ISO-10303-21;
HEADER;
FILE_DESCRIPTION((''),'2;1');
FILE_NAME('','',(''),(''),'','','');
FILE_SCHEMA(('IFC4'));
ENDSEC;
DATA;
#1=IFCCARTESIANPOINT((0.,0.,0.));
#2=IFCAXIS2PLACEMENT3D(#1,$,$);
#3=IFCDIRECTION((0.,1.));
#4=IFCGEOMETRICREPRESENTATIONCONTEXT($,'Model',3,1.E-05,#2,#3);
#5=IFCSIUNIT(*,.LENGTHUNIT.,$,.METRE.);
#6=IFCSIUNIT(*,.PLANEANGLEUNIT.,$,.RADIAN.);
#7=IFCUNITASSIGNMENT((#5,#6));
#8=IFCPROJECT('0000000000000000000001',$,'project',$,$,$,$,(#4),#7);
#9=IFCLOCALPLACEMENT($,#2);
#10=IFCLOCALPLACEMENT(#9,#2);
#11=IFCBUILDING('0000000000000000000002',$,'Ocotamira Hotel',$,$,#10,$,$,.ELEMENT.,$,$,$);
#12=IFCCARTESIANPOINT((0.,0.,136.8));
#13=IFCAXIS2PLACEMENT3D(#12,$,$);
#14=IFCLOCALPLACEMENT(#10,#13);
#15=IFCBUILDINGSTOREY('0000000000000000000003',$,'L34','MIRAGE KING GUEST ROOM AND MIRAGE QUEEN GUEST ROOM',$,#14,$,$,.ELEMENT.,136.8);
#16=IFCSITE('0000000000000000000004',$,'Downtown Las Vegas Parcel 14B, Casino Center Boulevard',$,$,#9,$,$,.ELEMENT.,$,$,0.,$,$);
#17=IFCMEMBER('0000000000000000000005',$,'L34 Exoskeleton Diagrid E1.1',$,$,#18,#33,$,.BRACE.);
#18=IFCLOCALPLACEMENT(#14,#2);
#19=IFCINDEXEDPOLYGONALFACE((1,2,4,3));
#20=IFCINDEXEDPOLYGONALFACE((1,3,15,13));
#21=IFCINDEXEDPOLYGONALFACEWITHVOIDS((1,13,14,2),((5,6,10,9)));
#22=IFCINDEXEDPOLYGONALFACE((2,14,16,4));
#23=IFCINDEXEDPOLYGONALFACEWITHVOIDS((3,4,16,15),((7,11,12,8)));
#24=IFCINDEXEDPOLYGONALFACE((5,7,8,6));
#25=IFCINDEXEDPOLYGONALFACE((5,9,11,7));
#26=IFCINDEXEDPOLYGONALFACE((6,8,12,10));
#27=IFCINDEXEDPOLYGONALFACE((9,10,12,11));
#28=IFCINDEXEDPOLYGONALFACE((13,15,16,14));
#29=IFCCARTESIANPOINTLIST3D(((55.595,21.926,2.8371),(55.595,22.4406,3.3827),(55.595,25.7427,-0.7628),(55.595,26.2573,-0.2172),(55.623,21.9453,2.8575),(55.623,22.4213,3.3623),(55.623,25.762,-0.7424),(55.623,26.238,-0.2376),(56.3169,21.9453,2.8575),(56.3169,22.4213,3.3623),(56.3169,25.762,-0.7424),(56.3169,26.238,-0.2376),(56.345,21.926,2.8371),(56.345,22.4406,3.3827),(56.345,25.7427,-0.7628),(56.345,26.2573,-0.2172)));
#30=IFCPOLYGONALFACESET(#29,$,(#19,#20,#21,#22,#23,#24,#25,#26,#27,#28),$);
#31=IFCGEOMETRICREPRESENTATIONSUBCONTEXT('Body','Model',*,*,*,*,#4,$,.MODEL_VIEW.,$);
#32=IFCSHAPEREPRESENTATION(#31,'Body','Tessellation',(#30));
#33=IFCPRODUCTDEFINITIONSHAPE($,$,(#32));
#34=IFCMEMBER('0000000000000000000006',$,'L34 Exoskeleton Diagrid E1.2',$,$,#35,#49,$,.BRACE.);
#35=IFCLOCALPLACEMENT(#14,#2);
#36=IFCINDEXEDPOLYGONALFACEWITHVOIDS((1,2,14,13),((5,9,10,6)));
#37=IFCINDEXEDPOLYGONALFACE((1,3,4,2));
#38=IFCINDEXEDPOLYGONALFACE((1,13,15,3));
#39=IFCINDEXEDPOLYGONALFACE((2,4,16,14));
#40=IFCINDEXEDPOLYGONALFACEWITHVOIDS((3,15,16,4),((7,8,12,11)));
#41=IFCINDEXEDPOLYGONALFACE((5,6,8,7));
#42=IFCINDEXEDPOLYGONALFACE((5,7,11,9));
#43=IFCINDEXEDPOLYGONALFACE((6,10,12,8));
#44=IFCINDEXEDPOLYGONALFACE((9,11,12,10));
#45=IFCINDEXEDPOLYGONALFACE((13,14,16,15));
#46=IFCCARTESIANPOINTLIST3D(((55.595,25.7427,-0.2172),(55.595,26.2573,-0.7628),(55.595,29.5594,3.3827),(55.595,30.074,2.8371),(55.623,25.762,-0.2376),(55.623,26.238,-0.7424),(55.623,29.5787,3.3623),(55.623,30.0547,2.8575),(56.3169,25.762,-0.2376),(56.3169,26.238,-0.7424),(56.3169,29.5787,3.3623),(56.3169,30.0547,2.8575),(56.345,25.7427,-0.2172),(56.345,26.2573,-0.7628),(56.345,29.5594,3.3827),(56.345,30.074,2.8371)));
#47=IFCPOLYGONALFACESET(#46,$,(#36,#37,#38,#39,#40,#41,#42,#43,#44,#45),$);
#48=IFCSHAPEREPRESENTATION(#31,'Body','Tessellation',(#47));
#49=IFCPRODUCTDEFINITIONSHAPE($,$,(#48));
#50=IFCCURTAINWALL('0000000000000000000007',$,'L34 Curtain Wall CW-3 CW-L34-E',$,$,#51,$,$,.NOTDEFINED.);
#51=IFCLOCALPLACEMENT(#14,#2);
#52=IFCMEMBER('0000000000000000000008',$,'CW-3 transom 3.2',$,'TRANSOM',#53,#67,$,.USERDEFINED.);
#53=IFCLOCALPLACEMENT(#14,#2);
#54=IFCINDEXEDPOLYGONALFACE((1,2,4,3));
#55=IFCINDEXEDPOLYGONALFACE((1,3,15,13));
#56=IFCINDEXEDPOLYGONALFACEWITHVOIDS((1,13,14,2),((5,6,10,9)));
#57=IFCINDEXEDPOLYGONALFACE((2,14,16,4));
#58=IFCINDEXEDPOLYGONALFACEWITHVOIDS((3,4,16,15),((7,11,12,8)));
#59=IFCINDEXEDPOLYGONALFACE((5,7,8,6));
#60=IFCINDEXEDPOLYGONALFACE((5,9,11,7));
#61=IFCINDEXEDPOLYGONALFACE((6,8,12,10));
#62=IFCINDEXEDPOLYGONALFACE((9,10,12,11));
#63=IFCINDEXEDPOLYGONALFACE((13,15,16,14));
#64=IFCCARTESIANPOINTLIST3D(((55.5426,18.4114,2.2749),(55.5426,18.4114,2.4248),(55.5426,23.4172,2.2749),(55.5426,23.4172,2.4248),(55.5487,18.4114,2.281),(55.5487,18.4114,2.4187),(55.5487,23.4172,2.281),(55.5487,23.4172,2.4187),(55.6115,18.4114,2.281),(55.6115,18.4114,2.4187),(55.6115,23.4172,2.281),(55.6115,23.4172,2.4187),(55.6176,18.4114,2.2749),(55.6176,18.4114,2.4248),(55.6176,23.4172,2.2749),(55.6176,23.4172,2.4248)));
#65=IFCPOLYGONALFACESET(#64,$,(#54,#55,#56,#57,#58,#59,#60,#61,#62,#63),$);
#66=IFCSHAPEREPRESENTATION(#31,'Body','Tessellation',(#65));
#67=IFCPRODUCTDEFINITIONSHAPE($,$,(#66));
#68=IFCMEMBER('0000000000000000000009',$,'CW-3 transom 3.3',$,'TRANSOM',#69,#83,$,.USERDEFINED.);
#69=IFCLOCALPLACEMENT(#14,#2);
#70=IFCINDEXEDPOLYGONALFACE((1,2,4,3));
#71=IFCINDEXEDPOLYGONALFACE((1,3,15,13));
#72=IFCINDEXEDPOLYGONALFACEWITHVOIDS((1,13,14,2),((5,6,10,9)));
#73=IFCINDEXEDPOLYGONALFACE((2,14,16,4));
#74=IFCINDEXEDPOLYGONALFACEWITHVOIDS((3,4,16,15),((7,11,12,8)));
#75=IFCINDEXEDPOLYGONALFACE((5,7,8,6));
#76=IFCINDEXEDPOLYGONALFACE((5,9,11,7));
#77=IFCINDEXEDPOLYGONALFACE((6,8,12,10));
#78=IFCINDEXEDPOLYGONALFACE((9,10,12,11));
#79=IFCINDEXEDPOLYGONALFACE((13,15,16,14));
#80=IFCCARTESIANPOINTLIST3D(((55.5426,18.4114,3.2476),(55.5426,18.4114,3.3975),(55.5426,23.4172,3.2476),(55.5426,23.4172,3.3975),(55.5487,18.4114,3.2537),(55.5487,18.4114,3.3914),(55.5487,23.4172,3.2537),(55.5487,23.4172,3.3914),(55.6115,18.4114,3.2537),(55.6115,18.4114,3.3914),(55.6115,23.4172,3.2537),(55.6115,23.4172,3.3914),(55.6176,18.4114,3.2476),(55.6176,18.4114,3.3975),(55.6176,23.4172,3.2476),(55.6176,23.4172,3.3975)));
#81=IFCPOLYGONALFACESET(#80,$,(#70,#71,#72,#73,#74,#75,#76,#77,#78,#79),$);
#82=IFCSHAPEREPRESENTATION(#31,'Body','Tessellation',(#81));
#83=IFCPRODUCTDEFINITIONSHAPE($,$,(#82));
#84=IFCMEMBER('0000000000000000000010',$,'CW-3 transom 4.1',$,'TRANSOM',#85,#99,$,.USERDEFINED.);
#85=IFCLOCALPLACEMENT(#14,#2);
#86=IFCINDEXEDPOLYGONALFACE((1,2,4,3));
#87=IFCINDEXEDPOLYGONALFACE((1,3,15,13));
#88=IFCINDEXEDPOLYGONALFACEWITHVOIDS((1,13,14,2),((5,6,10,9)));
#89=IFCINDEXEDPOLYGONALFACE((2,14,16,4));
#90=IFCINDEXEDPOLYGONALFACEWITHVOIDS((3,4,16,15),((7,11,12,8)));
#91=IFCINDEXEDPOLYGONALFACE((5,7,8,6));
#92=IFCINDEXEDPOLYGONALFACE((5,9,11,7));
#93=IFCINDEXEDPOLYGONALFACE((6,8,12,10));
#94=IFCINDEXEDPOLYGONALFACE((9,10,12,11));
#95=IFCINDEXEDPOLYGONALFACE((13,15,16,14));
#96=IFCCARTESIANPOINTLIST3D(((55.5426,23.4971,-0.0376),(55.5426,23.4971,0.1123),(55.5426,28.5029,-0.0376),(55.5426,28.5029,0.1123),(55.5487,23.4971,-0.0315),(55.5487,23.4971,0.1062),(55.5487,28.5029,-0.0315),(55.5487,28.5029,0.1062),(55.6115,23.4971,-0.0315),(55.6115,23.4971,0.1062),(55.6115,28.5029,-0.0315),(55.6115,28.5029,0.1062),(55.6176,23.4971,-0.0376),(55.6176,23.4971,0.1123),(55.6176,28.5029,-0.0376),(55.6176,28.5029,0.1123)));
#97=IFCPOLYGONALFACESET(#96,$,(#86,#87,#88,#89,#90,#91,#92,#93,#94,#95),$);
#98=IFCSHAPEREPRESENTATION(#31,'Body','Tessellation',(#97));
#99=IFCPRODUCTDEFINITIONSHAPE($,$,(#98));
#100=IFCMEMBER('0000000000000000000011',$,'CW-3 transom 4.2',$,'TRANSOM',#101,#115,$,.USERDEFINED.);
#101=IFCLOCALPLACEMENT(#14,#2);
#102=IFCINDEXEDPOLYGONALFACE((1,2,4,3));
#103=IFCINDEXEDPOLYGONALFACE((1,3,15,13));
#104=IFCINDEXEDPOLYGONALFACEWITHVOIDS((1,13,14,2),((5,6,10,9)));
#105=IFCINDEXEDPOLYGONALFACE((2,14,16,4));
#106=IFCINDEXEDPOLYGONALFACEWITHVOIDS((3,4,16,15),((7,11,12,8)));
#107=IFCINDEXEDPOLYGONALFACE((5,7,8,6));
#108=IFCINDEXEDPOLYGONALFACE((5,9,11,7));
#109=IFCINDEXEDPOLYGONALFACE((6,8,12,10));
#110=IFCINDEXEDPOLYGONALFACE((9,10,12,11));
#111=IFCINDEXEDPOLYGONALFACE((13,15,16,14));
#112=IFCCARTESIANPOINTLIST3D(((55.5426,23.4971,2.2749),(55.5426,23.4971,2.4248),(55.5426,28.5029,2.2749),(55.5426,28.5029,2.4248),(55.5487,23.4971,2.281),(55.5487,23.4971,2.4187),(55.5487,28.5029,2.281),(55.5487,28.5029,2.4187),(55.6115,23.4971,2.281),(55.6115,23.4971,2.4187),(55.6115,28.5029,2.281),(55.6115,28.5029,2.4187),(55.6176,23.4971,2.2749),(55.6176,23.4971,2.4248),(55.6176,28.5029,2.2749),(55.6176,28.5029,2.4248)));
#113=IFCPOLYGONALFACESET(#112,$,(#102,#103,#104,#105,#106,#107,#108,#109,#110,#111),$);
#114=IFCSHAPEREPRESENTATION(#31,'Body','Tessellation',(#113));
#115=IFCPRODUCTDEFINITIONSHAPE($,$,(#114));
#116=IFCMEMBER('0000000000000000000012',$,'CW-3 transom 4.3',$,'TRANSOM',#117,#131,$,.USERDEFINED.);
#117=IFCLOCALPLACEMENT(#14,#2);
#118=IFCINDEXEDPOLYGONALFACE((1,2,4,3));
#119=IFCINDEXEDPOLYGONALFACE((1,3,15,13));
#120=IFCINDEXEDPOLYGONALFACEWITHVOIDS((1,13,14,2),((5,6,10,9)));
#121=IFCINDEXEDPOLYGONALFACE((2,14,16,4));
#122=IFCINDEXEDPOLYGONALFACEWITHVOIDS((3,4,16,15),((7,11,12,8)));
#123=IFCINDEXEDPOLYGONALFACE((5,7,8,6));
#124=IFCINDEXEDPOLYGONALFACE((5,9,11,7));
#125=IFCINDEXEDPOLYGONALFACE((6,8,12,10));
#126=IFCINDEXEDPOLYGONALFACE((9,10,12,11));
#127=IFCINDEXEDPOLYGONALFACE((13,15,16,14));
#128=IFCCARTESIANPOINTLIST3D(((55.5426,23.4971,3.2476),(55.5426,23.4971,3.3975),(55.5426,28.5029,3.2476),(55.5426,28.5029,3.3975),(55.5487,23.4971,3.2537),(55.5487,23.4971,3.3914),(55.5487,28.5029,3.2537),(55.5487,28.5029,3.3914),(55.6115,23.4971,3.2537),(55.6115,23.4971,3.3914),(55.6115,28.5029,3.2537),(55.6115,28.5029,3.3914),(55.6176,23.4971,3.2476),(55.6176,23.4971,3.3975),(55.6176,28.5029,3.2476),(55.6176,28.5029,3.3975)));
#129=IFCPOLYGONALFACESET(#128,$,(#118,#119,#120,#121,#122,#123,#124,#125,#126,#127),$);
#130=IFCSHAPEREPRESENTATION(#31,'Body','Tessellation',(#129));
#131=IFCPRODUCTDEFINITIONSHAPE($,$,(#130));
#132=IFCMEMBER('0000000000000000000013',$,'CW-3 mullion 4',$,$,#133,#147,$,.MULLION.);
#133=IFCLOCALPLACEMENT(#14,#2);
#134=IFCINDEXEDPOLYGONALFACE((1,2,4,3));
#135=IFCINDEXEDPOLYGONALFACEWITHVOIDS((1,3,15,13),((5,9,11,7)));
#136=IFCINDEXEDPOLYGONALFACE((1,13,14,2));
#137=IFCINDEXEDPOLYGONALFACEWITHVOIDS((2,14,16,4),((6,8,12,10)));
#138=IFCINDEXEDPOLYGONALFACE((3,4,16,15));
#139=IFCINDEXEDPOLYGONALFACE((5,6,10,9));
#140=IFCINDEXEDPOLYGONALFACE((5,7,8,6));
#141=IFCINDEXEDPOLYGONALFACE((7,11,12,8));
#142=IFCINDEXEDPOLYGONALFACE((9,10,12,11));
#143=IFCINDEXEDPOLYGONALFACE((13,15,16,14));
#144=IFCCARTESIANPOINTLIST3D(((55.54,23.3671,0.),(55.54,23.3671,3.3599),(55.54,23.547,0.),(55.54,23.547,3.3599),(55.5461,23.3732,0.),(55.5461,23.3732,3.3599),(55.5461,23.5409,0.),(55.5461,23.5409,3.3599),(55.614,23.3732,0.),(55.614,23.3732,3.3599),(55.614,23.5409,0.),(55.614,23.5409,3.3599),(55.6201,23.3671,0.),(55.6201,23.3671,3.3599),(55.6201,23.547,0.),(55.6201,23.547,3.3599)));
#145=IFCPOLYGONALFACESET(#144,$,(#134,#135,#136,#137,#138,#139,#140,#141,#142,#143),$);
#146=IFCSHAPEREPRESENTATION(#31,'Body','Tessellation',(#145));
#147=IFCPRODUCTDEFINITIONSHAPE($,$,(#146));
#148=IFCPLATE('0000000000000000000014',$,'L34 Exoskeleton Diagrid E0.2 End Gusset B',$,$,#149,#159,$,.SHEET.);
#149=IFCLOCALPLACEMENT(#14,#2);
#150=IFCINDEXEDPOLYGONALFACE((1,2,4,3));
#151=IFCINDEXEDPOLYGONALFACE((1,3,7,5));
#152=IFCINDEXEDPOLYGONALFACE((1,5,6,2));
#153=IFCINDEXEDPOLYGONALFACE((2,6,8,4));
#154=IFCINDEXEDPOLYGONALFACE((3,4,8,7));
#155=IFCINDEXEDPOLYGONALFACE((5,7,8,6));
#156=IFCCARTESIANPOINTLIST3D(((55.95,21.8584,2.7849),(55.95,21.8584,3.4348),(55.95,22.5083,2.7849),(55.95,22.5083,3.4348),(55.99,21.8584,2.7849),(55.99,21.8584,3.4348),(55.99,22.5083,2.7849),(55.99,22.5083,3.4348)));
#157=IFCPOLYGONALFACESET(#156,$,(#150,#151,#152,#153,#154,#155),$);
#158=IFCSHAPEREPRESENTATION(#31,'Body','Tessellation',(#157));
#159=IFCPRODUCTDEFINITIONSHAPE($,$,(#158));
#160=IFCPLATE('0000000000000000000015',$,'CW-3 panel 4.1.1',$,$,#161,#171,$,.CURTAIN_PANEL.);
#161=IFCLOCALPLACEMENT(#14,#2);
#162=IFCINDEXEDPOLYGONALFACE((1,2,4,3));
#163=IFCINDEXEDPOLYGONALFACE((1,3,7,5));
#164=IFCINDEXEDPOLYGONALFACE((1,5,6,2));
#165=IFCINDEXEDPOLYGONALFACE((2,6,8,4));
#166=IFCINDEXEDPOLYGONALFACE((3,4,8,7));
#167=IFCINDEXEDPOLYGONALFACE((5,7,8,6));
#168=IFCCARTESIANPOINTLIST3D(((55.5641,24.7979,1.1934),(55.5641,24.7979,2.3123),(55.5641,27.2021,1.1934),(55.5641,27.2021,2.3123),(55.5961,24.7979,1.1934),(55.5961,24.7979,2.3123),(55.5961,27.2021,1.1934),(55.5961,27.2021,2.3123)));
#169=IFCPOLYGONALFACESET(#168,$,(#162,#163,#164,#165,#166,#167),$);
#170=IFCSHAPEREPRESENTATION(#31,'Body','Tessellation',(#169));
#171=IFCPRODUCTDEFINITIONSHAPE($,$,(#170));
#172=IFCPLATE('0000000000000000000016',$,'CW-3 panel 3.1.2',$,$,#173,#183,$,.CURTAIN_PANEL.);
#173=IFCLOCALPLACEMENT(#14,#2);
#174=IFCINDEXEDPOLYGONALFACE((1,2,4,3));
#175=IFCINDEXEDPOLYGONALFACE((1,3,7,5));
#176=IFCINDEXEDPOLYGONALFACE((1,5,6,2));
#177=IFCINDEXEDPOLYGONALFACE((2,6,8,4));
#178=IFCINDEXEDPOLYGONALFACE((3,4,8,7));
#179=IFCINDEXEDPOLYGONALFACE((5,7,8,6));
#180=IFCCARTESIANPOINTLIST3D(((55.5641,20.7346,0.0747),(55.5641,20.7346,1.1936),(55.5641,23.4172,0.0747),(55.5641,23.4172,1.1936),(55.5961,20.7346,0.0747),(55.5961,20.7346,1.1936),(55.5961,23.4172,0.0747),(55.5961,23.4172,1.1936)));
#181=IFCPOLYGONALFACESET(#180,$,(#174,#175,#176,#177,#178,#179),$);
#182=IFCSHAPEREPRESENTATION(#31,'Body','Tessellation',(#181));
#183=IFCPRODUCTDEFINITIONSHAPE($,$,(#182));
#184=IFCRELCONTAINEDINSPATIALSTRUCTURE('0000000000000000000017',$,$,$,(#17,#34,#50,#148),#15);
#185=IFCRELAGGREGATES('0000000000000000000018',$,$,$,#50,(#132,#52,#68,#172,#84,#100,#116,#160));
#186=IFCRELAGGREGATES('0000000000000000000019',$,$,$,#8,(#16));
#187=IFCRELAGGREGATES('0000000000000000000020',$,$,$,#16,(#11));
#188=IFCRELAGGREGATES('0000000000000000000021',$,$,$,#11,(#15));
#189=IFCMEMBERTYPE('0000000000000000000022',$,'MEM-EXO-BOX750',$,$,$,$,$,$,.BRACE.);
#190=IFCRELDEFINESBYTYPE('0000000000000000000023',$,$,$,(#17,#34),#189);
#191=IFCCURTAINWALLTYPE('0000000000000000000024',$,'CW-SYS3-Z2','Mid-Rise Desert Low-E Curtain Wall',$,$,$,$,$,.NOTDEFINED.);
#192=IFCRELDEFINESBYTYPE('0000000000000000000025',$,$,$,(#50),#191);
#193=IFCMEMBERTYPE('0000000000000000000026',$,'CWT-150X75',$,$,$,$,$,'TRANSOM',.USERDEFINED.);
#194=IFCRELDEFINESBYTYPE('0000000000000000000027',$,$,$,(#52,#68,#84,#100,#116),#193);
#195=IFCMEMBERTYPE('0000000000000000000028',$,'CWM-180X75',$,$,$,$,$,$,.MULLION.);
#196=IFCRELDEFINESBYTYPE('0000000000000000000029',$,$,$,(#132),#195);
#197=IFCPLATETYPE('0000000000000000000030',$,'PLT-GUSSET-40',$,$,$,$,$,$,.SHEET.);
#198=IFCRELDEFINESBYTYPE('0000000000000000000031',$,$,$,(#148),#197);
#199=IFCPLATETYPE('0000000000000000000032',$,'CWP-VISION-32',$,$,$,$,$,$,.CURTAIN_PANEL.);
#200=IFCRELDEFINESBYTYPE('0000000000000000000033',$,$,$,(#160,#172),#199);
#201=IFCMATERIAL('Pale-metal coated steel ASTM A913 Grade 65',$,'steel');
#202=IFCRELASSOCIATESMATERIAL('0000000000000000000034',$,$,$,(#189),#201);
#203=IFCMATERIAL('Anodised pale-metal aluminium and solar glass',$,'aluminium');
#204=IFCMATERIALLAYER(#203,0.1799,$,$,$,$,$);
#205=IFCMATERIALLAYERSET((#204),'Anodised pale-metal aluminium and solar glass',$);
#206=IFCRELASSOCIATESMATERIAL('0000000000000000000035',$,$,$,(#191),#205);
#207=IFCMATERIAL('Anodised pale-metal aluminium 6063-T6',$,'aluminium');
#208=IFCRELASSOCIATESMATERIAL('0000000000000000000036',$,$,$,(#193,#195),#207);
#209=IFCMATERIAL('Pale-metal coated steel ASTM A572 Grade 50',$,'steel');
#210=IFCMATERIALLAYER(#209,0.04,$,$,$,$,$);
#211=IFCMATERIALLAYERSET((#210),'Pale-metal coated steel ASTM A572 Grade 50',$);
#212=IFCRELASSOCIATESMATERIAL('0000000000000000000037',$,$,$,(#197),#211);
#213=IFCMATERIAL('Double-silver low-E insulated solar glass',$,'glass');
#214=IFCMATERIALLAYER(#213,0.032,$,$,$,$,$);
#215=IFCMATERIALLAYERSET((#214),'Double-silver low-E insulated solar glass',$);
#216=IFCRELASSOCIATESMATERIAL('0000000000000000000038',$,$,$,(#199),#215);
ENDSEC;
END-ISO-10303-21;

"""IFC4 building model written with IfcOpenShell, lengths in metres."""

from ifc_helpers import new_model, si_unit, direction, frame, origin, origin_2d, place, context, subcontext, project, spatial, rectangle, hollow_rectangle, extrude, source, transform, mapped, material, layer, layer_set, material_profile, profile_set, type_object, element, aggregate, save


model = new_model("IFC4")

# Units and contexts
model_context = context("Model", 3, precision=1e-05, world=origin(), true_north=direction((0.0, 1.0)))
body_context = subcontext(model_context, "Body", "Model", "MODEL_VIEW")
ifc_project = project(units=[si_unit("LENGTHUNIT", "METRE"), si_unit("PLANEANGLEUNIT", "RADIAN")], contexts=[model_context])

# Site, building, storey
site_placement = place(None, origin())
site = spatial("IfcSite", under=ifc_project, at=site_placement, Name="Downtown Las Vegas Parcel 14B, Casino Center Boulevard", CompositionType="ELEMENT", RefElevation=0.0)
building_placement = place(site_placement, origin())
building = spatial("IfcBuilding", under=site, at=building_placement, Name="Ocotamira Hotel", CompositionType="ELEMENT")
storey_placement = place(building_placement, frame((0.0, 0.0, 136.8)))
storey = spatial("IfcBuildingStorey", under=building, at=storey_placement, Name="L34", Description="MIRAGE KING GUEST ROOM AND MIRAGE QUEEN GUEST ROOM", CompositionType="ELEMENT", Elevation=136.8)

# Members
ifc_material_1 = material(Name="Pale-metal coated steel ASTM A913 Grade 65", Category="steel")
ifc_material_profile_1 = material_profile(ifc_material_1, hollow_rectangle(XDim=0.75, YDim=0.75, WallThickness=0.0281, at=origin_2d()), Name="BOX750X750X28")
ifc_profile_set_1 = profile_set([ifc_material_profile_1], Name="Pale-metal coated steel ASTM A913 Grade 65")
member_type_1 = type_object("IfcMemberType", Name="MEM-EXO-BOX750", PredefinedType="BRACE", material=ifc_profile_set_1)
shared_shape_1 = source(origin(), body_context, "Body", "SweptSolid", [
    extrude(hollow_rectangle(XDim=0.75, YDim=0.75, WallThickness=0.0281, at=origin_2d()), origin(), (0.0, 0.0, 1.0), 5.2466),
])
for number, where, z_axis, x_axis, name in (
    (1, (55.97, 26.0, -0.49), (0.0, -0.727466, 0.686144), (1.0, 0.0, 0.0), "L34 Exoskeleton Diagrid E1.1"),
    (2, (55.97, 26.0, -0.49), (0.0, 0.727466, 0.686144), (-1.0, 0.0, 0.0), "L34 Exoskeleton Diagrid E1.2"),
):
    element("IfcMember", number, at=place(storey_placement, frame(where, z_axis=z_axis, x_axis=x_axis)), inside=storey, type_object=member_type_1, Name=name, PredefinedType="BRACE", context=body_context, shape_type="MappedRepresentation", body=[
        mapped(shared_shape_1, transform((0.0, 0.0, 0.0), scale=1.0)),
    ])

# Curtain wall, members
ifc_material_2 = material(Name="Anodised pale-metal aluminium and solar glass", Category="aluminium")
ifc_layer_1 = layer(ifc_material_2, 0.1799)
ifc_layer_set_1 = layer_set([ifc_layer_1], Name="Anodised pale-metal aluminium and solar glass")
curtain_wall_type = type_object("IfcCurtainWallType", Name="CW-SYS3-Z2", Description="Mid-Rise Desert Low-E Curtain Wall", PredefinedType="NOTDEFINED", material=ifc_layer_set_1)
curtain_wall_placement = place(storey_placement, origin())
curtain_wall = element("IfcCurtainWall", 3, at=curtain_wall_placement, inside=storey, type_object=curtain_wall_type, Name="L34 Curtain Wall CW-3 CW-L34-E", PredefinedType="NOTDEFINED")
ifc_material_3 = material(Name="Anodised pale-metal aluminium 6063-T6", Category="aluminium")
ifc_material_profile_2 = material_profile(ifc_material_3, hollow_rectangle(XDim=0.075, YDim=0.1499, WallThickness=0.0061, at=origin_2d()), Name="HSS150X75X6")
ifc_profile_set_2 = profile_set([ifc_material_profile_2], Name="Anodised pale-metal aluminium 6063-T6")
member_type_2 = type_object("IfcMemberType", Name="CWT-150X75", ElementType="TRANSOM", PredefinedType="USERDEFINED", material=ifc_profile_set_2)
shared_shape_2 = source(origin(), body_context, "Body", "SweptSolid", [
    extrude(hollow_rectangle(XDim=0.075, YDim=0.1499, WallThickness=0.0061, at=origin_2d()), origin(), (0.0, 0.0, 1.0), 5.0059),
])
member_1_placement = place(storey_placement, frame((55.5801, 18.4114, 2.3499), z_axis=(0.0, 1.0, 0.0), x_axis=(-1.0, 0.0, 0.0)))
member_1 = element("IfcMember", 4, at=member_1_placement, type_object=member_type_2, Name="CW-3 transom 3.2", ObjectType="TRANSOM", PredefinedType="USERDEFINED", context=body_context, shape_type="MappedRepresentation", body=[
    mapped(shared_shape_2, transform((0.0, 0.0, 0.0), scale=1.0)),
])
member_2_placement = place(storey_placement, frame((55.5801, 18.4114, 3.3225), z_axis=(0.0, 1.0, 0.0), x_axis=(-1.0, 0.0, 0.0)))
member_2 = element("IfcMember", 5, at=member_2_placement, type_object=member_type_2, Name="CW-3 transom 3.3", ObjectType="TRANSOM", PredefinedType="USERDEFINED", context=body_context, shape_type="MappedRepresentation", body=[
    mapped(shared_shape_2, transform((0.0, 0.0, 0.0), scale=1.0)),
])
member_3_placement = place(storey_placement, frame((55.5801, 23.4971, 0.0374), z_axis=(0.0, 1.0, 0.0), x_axis=(-1.0, 0.0, 0.0)))
member_3 = element("IfcMember", 6, at=member_3_placement, type_object=member_type_2, Name="CW-3 transom 4.1", ObjectType="TRANSOM", PredefinedType="USERDEFINED", context=body_context, shape_type="MappedRepresentation", body=[
    mapped(shared_shape_2, transform((0.0, 0.0, 0.0), scale=1.0)),
])
member_4_placement = place(storey_placement, frame((55.5801, 23.4971, 2.3499), z_axis=(0.0, 1.0, 0.0), x_axis=(-1.0, 0.0, 0.0)))
member_4 = element("IfcMember", 7, at=member_4_placement, type_object=member_type_2, Name="CW-3 transom 4.2", ObjectType="TRANSOM", PredefinedType="USERDEFINED", context=body_context, shape_type="MappedRepresentation", body=[
    mapped(shared_shape_2, transform((0.0, 0.0, 0.0), scale=1.0)),
])
member_5_placement = place(storey_placement, frame((55.5801, 23.4971, 3.3225), z_axis=(0.0, 1.0, 0.0), x_axis=(-1.0, 0.0, 0.0)))
member_5 = element("IfcMember", 8, at=member_5_placement, type_object=member_type_2, Name="CW-3 transom 4.3", ObjectType="TRANSOM", PredefinedType="USERDEFINED", context=body_context, shape_type="MappedRepresentation", body=[
    mapped(shared_shape_2, transform((0.0, 0.0, 0.0), scale=1.0)),
])
ifc_material_profile_3 = material_profile(ifc_material_3, hollow_rectangle(XDim=0.0801, YDim=0.1799, WallThickness=0.0061, at=origin_2d()), Name="HSS180X80X6")
ifc_profile_set_3 = profile_set([ifc_material_profile_3], Name="Anodised pale-metal aluminium 6063-T6")
member_type_3 = type_object("IfcMemberType", Name="CWM-180X75", PredefinedType="MULLION", material=ifc_profile_set_3)
shared_shape_3 = source(origin(), body_context, "Body", "SweptSolid", [
    extrude(hollow_rectangle(XDim=0.0801, YDim=0.1799, WallThickness=0.0061, at=origin_2d()), origin(), (0.0, 0.0, 1.0), 3.3599),
])
member_6_placement = place(storey_placement, frame((55.5801, 23.457, 0.0), z_axis=(0.0, 0.0, 1.0), x_axis=(-1.0, 0.0, 0.0)))
member_6 = element("IfcMember", 9, at=member_6_placement, type_object=member_type_3, Name="CW-3 mullion 4", PredefinedType="MULLION", context=body_context, shape_type="MappedRepresentation", body=[
    mapped(shared_shape_3, transform((0.0, 0.0, 0.0), scale=1.0)),
])

# Plates
ifc_material_4 = material(Name="Pale-metal coated steel ASTM A572 Grade 50", Category="steel")
ifc_layer_2 = layer(ifc_material_4, 0.04)
ifc_layer_set_2 = layer_set([ifc_layer_2], Name="Pale-metal coated steel ASTM A572 Grade 50")
plate_type_1 = type_object("IfcPlateType", Name="PLT-GUSSET-40", PredefinedType="SHEET", material=ifc_layer_set_2)
shared_shape_4 = source(origin(), body_context, "Body", "SweptSolid", [
    extrude(rectangle(XDim=0.04, YDim=0.6499, at=origin_2d()), origin(), (0.0, 0.0, 1.0), 0.6499),
])
plate_1_placement = place(storey_placement, frame((55.97, 22.1833, 2.7849), z_axis=(0.0, 0.0, 1.0), x_axis=(1.0, 0.0, 0.0)))
element("IfcPlate", 10, at=plate_1_placement, inside=storey, type_object=plate_type_1, Name="L34 Exoskeleton Diagrid E0.2 End Gusset B", PredefinedType="SHEET", context=body_context, shape_type="MappedRepresentation", body=[
    mapped(shared_shape_4, transform((0.0, 0.0, 0.0), scale=1.0)),
])
ifc_material_5 = material(Name="Double-silver low-E insulated solar glass", Category="glass")
ifc_layer_3 = layer(ifc_material_5, 0.032)
ifc_layer_set_3 = layer_set([ifc_layer_3], Name="Double-silver low-E insulated solar glass")
plate_type_2 = type_object("IfcPlateType", Name="CWP-VISION-32", PredefinedType="CURTAIN_PANEL", material=ifc_layer_set_3)
shared_shape_5 = source(origin(), body_context, "Body", "SweptSolid", [
    extrude(rectangle(XDim=2.4043, YDim=0.032, at=origin_2d()), origin(), (0.0, 0.0, 1.0), 1.1189),
])
plate_2_placement = place(storey_placement, frame((55.5801, 26.0, 1.1934), z_axis=(0.0, 0.0, 1.0), x_axis=(0.0, 1.0, 0.0)))
plate_2 = element("IfcPlate", 11, at=plate_2_placement, type_object=plate_type_2, Name="CW-3 panel 4.1.1", PredefinedType="CURTAIN_PANEL", context=body_context, shape_type="MappedRepresentation", body=[
    mapped(shared_shape_5, transform((0.0, 0.0, 0.0), scale=1.0)),
])
shared_shape_6 = source(origin(), body_context, "Body", "SweptSolid", [
    extrude(rectangle(XDim=2.6826, YDim=0.032, at=origin_2d()), origin(), (0.0, 0.0, 1.0), 1.1189),
])
plate_3_placement = place(storey_placement, frame((55.5801, 22.0759, 0.0747), z_axis=(0.0, 0.0, 1.0), x_axis=(0.0, 1.0, 0.0)))
plate_3 = element("IfcPlate", 12, at=plate_3_placement, type_object=plate_type_2, Name="CW-3 panel 3.1.2", PredefinedType="CURTAIN_PANEL", context=body_context, shape_type="MappedRepresentation", body=[
    mapped(shared_shape_6, transform((0.0, 0.0, 0.0), scale=1.0)),
])
aggregate(curtain_wall, [member_6, member_1, member_2, plate_3, member_3, member_4, member_5, plate_2])

save(model, "model.ifc")
